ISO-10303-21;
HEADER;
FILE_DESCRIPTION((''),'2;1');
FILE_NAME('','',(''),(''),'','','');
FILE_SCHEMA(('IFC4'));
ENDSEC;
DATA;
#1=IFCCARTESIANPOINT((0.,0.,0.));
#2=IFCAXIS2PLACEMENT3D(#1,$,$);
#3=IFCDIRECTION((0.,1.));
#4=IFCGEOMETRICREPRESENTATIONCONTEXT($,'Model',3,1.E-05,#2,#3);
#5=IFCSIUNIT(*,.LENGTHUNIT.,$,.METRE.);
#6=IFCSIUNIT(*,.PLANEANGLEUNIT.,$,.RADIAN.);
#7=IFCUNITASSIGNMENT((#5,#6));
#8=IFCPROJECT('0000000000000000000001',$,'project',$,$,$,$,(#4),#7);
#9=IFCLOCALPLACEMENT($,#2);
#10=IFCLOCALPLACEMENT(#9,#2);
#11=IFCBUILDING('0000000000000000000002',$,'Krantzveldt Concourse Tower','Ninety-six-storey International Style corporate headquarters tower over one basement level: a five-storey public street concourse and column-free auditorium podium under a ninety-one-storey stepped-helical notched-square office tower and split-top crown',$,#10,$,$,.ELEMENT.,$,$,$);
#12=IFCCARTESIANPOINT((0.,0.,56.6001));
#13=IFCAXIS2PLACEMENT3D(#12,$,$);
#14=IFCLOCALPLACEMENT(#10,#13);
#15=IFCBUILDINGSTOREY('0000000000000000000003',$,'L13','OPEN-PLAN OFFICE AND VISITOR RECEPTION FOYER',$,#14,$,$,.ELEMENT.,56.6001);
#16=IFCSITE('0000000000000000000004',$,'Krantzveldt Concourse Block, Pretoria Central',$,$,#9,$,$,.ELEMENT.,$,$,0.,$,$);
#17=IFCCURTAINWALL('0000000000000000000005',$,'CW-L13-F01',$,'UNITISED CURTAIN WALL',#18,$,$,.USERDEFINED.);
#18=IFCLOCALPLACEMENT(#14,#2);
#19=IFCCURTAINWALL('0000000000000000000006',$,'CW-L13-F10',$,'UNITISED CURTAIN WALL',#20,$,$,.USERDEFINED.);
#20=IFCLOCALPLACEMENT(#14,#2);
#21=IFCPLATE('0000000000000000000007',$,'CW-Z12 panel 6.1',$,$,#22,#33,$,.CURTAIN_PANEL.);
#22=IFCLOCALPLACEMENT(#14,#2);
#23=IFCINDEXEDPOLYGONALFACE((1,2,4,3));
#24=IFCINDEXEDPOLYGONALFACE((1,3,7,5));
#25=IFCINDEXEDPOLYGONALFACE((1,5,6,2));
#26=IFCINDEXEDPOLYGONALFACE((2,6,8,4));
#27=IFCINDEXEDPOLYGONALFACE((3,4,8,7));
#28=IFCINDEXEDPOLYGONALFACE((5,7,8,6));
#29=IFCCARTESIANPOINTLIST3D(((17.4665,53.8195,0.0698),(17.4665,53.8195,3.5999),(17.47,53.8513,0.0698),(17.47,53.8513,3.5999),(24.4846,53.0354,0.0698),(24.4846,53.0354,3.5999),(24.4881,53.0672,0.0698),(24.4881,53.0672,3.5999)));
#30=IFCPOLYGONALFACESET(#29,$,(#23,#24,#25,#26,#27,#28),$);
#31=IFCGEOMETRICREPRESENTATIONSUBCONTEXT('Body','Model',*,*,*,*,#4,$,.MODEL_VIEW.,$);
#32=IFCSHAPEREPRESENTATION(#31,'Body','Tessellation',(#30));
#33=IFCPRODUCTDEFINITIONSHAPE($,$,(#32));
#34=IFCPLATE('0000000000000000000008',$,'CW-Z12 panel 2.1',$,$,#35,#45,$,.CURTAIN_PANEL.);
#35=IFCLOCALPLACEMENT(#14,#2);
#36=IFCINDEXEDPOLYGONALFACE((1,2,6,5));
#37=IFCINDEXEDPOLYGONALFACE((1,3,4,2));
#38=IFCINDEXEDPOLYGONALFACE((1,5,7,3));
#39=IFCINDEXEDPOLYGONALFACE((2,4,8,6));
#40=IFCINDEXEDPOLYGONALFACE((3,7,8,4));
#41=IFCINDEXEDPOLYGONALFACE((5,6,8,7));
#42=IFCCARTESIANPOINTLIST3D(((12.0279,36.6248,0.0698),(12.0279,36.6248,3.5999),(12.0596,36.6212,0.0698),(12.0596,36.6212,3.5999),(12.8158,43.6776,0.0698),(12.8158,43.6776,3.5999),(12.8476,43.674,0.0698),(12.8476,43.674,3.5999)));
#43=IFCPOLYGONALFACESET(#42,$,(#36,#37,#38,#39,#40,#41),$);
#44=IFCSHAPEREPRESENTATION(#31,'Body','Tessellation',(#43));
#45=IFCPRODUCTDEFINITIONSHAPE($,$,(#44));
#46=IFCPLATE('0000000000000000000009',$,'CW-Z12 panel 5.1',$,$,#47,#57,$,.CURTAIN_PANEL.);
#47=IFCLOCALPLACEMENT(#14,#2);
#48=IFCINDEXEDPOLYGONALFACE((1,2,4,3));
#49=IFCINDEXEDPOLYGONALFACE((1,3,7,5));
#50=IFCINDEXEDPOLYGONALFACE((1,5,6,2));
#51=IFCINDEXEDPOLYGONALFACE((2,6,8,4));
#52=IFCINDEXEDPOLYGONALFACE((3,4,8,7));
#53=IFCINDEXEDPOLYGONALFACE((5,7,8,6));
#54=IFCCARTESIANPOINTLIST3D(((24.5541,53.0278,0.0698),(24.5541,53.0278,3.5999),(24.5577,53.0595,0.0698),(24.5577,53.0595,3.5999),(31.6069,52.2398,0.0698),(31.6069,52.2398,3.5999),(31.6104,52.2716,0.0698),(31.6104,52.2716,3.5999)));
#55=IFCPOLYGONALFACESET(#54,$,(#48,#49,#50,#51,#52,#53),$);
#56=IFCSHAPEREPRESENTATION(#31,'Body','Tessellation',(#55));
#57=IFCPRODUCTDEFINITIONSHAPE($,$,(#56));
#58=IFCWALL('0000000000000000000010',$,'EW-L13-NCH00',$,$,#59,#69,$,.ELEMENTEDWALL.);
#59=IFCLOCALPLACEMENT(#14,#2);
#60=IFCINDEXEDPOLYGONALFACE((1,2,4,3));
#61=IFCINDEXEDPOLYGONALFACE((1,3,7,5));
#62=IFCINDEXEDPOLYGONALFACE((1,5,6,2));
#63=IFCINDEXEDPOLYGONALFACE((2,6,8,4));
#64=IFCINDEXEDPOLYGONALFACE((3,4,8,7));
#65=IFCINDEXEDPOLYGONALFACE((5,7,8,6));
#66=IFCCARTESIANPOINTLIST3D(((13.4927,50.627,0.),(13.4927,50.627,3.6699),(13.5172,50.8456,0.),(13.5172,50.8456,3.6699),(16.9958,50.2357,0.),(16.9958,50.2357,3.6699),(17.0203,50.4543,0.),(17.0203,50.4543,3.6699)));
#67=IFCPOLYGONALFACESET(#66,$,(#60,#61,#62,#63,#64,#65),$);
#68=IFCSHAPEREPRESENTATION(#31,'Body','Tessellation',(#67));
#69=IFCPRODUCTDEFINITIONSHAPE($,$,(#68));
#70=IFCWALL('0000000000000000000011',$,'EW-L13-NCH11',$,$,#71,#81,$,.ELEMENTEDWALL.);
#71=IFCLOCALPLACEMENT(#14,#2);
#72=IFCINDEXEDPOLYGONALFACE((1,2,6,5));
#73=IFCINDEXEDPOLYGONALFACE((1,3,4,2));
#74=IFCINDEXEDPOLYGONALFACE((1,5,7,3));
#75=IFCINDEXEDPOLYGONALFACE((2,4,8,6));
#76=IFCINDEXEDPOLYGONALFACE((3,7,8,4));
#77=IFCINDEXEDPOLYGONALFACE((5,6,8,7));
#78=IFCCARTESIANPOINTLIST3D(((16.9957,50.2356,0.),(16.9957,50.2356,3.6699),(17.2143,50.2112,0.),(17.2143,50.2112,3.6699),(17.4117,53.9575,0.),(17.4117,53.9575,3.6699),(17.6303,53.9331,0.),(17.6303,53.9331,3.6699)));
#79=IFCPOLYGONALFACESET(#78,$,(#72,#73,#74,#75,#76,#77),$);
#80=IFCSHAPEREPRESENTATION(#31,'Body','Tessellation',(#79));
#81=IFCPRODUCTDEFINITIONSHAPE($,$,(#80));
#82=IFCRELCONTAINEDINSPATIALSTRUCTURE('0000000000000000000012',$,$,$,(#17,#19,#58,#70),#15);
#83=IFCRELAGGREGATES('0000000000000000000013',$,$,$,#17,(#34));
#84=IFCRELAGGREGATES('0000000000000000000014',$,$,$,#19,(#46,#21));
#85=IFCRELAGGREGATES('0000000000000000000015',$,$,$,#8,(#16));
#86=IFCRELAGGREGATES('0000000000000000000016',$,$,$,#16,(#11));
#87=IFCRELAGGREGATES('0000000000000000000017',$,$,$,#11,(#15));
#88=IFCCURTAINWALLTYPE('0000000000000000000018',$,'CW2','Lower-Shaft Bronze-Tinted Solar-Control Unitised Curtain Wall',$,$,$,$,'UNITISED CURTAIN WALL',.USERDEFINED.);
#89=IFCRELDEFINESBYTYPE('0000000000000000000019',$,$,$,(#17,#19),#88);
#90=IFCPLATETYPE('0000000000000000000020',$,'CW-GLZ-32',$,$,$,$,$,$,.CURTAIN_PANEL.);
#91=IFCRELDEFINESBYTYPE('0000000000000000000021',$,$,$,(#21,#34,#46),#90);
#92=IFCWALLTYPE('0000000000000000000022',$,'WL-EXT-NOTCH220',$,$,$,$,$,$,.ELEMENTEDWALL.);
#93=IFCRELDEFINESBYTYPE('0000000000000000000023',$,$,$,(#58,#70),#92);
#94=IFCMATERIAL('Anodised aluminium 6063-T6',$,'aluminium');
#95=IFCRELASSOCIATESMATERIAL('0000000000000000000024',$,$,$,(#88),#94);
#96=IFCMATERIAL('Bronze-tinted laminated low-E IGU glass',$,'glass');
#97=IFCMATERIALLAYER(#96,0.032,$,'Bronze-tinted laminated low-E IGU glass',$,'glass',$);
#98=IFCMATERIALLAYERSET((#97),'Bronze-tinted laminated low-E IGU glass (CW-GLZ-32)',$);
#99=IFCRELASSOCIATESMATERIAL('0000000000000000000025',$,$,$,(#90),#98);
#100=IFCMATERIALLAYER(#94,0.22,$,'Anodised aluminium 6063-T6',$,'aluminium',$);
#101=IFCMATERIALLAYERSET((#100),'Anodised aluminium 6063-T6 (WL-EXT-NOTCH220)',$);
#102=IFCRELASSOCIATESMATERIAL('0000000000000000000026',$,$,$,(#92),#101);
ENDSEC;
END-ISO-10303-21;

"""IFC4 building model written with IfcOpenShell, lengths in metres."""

from ifc_helpers import new_model, si_unit, direction, frame, frame_2d, origin, origin_2d, place, context, subcontext, project, spatial, rectangle, extrude, source, transform, mapped, material, layer, layer_set, type_object, type_shapes, element, aggregate, save


model = new_model("IFC4")

# Units and contexts
model_context = context("Model", 3, precision=1e-05, world=origin(), true_north=direction((0.0, 1.0)))
body_context = subcontext(model_context, "Body", "Model", "MODEL_VIEW")
ifc_project = project(units=[si_unit("LENGTHUNIT", "METRE"), si_unit("PLANEANGLEUNIT", "RADIAN")], contexts=[model_context])

# Site, building, storey
site_placement = place(None, origin())
site = spatial("IfcSite", under=ifc_project, at=site_placement, Name="Krantzveldt Concourse Block, Pretoria Central", CompositionType="ELEMENT", RefElevation=0.0)
building_placement = place(site_placement, origin())
building = spatial("IfcBuilding", under=site, at=building_placement, Name="Krantzveldt Concourse Tower", Description="Ninety-six-storey International Style corporate headquarters tower over one basement level: a five-storey public street concourse and column-free auditorium podium under a ninety-one-storey stepped-helical notched-square office tower and split-top crown", CompositionType="ELEMENT")
storey_placement = place(building_placement, frame((0.0, 0.0, 56.6001)))
storey = spatial("IfcBuildingStorey", under=building, at=storey_placement, Name="L13", Description="OPEN-PLAN OFFICE AND VISITOR RECEPTION FOYER", CompositionType="ELEMENT", Elevation=56.6001)

# Curtain walls
ifc_material_1 = material(Name="Anodised aluminium 6063-T6", Category="aluminium")
curtain_wall_type = type_object("IfcCurtainWallType", Name="CW2", Description="Lower-Shaft Bronze-Tinted Solar-Control Unitised Curtain Wall", ElementType="UNITISED CURTAIN WALL", PredefinedType="USERDEFINED", material=ifc_material_1)
curtain_wall_1_placement = place(storey_placement, origin())
curtain_wall_1 = element("IfcCurtainWall", 1, at=curtain_wall_1_placement, inside=storey, type_object=curtain_wall_type, Name="CW-L13-F01", ObjectType="UNITISED CURTAIN WALL", PredefinedType="USERDEFINED")
curtain_wall_2_placement = place(storey_placement, origin())
curtain_wall_2 = element("IfcCurtainWall", 2, at=curtain_wall_2_placement, inside=storey, type_object=curtain_wall_type, Name="CW-L13-F10", ObjectType="UNITISED CURTAIN WALL", PredefinedType="USERDEFINED")

# Plates
ifc_material_2 = material(Name="Bronze-tinted laminated low-E IGU glass", Category="glass")
ifc_layer_1 = layer(ifc_material_2, 0.032, Name="Bronze-tinted laminated low-E IGU glass", Category="glass")
ifc_layer_set_1 = layer_set([ifc_layer_1], Name="Bronze-tinted laminated low-E IGU glass (CW-GLZ-32)")
plate_type = type_object("IfcPlateType", Name="CW-GLZ-32", PredefinedType="CURTAIN_PANEL", material=ifc_layer_set_1)
shared_shape_1 = source(origin(), body_context, "Body", "SweptSolid", [
    extrude(rectangle(XDim=7.0618, YDim=0.032, at=origin_2d()), origin(), (0.0, 0.0, 1.0), 3.53),
])
plate_1_placement = place(storey_placement, frame((20.9773, 53.4434, 0.0698), z_axis=(0.0, 0.0, 1.0), x_axis=(-0.993816, 0.111035, 0.0)))
plate_1 = element("IfcPlate", 3, at=plate_1_placement, type_object=plate_type, Name="CW-Z12 panel 6.1", PredefinedType="CURTAIN_PANEL", context=body_context, shape_type="MappedRepresentation", body=[
    mapped(shared_shape_1, transform((0.0, 0.0, 0.0), x_axis=(1.0, 0.0, 0.0), y_axis=(0.0, 1.0, 0.0), z_axis=(0.0, 0.0, 1.0), scale=1.0)),
])
shared_shape_2 = source(origin(), body_context, "Body", "SweptSolid", [
    extrude(rectangle(XDim=7.0967, YDim=0.032, at=origin_2d()), origin(), (0.0, 0.0, 1.0), 3.53),
])
type_shapes(plate_type, [shared_shape_1, shared_shape_2])
plate_2_placement = place(storey_placement, frame((12.4377, 40.1494, 0.0698), z_axis=(0.0, 0.0, 1.0), x_axis=(-0.111035, -0.993816, 0.0)))
plate_2 = element("IfcPlate", 4, at=plate_2_placement, type_object=plate_type, Name="CW-Z12 panel 2.1", PredefinedType="CURTAIN_PANEL", context=body_context, shape_type="MappedRepresentation", body=[
    mapped(shared_shape_2, transform((0.0, 0.0, 0.0), x_axis=(1.0, 0.0, 0.0), y_axis=(0.0, 1.0, 0.0), z_axis=(0.0, 0.0, 1.0), scale=1.0)),
])
aggregate(curtain_wall_1, [plate_2])
plate_3_placement = place(storey_placement, frame((28.0823, 52.6497, 0.0698), z_axis=(0.0, 0.0, 1.0), x_axis=(-0.993816, 0.111035, 0.0)))
plate_3 = element("IfcPlate", 5, at=plate_3_placement, type_object=plate_type, Name="CW-Z12 panel 5.1", PredefinedType="CURTAIN_PANEL", context=body_context, shape_type="MappedRepresentation", body=[
    mapped(shared_shape_2, transform((0.0, 0.0, 0.0), x_axis=(1.0, 0.0, 0.0), y_axis=(0.0, 1.0, 0.0), z_axis=(0.0, 0.0, 1.0), scale=1.0)),
])
aggregate(curtain_wall_2, [plate_3, plate_1])

# Walls
ifc_layer_2 = layer(ifc_material_1, 0.22, Name="Anodised aluminium 6063-T6", Category="aluminium")
ifc_layer_set_2 = layer_set([ifc_layer_2], Name="Anodised aluminium 6063-T6 (WL-EXT-NOTCH220)")
wall_type = type_object("IfcWallType", Name="WL-EXT-NOTCH220", PredefinedType="ELEMENTEDWALL", material=ifc_layer_set_2)
wall_1_placement = place(storey_placement, frame((17.0081, 50.345, 0.0), z_axis=(0.0, 0.0, 1.0), x_axis=(-0.993818, 0.111024, 0.0)))
element("IfcWall", 6, at=wall_1_placement, inside=storey, type_object=wall_type, Name="EW-L13-NCH00", PredefinedType="ELEMENTEDWALL", context=body_context, shape_type="SweptSolid", body=[
    extrude(rectangle(XDim=3.5249, YDim=0.22, at=frame_2d((1.7625, 0.0))), origin(), (0.0, 0.0, 1.0), 3.6699),
])
wall_2_placement = place(storey_placement, frame((17.521, 53.9453, 0.0), z_axis=(0.0, 0.0, 1.0), x_axis=(-0.111083, -0.993811, 0.0)))
element("IfcWall", 7, at=wall_2_placement, inside=storey, type_object=wall_type, Name="EW-L13-NCH11", PredefinedType="ELEMENTEDWALL", context=body_context, shape_type="SweptSolid", body=[
    extrude(rectangle(XDim=3.7451, YDim=0.22, at=frame_2d((1.8726, 0.0))), origin(), (0.0, 0.0, 1.0), 3.6699),
])

save(model, "model.ifc")
